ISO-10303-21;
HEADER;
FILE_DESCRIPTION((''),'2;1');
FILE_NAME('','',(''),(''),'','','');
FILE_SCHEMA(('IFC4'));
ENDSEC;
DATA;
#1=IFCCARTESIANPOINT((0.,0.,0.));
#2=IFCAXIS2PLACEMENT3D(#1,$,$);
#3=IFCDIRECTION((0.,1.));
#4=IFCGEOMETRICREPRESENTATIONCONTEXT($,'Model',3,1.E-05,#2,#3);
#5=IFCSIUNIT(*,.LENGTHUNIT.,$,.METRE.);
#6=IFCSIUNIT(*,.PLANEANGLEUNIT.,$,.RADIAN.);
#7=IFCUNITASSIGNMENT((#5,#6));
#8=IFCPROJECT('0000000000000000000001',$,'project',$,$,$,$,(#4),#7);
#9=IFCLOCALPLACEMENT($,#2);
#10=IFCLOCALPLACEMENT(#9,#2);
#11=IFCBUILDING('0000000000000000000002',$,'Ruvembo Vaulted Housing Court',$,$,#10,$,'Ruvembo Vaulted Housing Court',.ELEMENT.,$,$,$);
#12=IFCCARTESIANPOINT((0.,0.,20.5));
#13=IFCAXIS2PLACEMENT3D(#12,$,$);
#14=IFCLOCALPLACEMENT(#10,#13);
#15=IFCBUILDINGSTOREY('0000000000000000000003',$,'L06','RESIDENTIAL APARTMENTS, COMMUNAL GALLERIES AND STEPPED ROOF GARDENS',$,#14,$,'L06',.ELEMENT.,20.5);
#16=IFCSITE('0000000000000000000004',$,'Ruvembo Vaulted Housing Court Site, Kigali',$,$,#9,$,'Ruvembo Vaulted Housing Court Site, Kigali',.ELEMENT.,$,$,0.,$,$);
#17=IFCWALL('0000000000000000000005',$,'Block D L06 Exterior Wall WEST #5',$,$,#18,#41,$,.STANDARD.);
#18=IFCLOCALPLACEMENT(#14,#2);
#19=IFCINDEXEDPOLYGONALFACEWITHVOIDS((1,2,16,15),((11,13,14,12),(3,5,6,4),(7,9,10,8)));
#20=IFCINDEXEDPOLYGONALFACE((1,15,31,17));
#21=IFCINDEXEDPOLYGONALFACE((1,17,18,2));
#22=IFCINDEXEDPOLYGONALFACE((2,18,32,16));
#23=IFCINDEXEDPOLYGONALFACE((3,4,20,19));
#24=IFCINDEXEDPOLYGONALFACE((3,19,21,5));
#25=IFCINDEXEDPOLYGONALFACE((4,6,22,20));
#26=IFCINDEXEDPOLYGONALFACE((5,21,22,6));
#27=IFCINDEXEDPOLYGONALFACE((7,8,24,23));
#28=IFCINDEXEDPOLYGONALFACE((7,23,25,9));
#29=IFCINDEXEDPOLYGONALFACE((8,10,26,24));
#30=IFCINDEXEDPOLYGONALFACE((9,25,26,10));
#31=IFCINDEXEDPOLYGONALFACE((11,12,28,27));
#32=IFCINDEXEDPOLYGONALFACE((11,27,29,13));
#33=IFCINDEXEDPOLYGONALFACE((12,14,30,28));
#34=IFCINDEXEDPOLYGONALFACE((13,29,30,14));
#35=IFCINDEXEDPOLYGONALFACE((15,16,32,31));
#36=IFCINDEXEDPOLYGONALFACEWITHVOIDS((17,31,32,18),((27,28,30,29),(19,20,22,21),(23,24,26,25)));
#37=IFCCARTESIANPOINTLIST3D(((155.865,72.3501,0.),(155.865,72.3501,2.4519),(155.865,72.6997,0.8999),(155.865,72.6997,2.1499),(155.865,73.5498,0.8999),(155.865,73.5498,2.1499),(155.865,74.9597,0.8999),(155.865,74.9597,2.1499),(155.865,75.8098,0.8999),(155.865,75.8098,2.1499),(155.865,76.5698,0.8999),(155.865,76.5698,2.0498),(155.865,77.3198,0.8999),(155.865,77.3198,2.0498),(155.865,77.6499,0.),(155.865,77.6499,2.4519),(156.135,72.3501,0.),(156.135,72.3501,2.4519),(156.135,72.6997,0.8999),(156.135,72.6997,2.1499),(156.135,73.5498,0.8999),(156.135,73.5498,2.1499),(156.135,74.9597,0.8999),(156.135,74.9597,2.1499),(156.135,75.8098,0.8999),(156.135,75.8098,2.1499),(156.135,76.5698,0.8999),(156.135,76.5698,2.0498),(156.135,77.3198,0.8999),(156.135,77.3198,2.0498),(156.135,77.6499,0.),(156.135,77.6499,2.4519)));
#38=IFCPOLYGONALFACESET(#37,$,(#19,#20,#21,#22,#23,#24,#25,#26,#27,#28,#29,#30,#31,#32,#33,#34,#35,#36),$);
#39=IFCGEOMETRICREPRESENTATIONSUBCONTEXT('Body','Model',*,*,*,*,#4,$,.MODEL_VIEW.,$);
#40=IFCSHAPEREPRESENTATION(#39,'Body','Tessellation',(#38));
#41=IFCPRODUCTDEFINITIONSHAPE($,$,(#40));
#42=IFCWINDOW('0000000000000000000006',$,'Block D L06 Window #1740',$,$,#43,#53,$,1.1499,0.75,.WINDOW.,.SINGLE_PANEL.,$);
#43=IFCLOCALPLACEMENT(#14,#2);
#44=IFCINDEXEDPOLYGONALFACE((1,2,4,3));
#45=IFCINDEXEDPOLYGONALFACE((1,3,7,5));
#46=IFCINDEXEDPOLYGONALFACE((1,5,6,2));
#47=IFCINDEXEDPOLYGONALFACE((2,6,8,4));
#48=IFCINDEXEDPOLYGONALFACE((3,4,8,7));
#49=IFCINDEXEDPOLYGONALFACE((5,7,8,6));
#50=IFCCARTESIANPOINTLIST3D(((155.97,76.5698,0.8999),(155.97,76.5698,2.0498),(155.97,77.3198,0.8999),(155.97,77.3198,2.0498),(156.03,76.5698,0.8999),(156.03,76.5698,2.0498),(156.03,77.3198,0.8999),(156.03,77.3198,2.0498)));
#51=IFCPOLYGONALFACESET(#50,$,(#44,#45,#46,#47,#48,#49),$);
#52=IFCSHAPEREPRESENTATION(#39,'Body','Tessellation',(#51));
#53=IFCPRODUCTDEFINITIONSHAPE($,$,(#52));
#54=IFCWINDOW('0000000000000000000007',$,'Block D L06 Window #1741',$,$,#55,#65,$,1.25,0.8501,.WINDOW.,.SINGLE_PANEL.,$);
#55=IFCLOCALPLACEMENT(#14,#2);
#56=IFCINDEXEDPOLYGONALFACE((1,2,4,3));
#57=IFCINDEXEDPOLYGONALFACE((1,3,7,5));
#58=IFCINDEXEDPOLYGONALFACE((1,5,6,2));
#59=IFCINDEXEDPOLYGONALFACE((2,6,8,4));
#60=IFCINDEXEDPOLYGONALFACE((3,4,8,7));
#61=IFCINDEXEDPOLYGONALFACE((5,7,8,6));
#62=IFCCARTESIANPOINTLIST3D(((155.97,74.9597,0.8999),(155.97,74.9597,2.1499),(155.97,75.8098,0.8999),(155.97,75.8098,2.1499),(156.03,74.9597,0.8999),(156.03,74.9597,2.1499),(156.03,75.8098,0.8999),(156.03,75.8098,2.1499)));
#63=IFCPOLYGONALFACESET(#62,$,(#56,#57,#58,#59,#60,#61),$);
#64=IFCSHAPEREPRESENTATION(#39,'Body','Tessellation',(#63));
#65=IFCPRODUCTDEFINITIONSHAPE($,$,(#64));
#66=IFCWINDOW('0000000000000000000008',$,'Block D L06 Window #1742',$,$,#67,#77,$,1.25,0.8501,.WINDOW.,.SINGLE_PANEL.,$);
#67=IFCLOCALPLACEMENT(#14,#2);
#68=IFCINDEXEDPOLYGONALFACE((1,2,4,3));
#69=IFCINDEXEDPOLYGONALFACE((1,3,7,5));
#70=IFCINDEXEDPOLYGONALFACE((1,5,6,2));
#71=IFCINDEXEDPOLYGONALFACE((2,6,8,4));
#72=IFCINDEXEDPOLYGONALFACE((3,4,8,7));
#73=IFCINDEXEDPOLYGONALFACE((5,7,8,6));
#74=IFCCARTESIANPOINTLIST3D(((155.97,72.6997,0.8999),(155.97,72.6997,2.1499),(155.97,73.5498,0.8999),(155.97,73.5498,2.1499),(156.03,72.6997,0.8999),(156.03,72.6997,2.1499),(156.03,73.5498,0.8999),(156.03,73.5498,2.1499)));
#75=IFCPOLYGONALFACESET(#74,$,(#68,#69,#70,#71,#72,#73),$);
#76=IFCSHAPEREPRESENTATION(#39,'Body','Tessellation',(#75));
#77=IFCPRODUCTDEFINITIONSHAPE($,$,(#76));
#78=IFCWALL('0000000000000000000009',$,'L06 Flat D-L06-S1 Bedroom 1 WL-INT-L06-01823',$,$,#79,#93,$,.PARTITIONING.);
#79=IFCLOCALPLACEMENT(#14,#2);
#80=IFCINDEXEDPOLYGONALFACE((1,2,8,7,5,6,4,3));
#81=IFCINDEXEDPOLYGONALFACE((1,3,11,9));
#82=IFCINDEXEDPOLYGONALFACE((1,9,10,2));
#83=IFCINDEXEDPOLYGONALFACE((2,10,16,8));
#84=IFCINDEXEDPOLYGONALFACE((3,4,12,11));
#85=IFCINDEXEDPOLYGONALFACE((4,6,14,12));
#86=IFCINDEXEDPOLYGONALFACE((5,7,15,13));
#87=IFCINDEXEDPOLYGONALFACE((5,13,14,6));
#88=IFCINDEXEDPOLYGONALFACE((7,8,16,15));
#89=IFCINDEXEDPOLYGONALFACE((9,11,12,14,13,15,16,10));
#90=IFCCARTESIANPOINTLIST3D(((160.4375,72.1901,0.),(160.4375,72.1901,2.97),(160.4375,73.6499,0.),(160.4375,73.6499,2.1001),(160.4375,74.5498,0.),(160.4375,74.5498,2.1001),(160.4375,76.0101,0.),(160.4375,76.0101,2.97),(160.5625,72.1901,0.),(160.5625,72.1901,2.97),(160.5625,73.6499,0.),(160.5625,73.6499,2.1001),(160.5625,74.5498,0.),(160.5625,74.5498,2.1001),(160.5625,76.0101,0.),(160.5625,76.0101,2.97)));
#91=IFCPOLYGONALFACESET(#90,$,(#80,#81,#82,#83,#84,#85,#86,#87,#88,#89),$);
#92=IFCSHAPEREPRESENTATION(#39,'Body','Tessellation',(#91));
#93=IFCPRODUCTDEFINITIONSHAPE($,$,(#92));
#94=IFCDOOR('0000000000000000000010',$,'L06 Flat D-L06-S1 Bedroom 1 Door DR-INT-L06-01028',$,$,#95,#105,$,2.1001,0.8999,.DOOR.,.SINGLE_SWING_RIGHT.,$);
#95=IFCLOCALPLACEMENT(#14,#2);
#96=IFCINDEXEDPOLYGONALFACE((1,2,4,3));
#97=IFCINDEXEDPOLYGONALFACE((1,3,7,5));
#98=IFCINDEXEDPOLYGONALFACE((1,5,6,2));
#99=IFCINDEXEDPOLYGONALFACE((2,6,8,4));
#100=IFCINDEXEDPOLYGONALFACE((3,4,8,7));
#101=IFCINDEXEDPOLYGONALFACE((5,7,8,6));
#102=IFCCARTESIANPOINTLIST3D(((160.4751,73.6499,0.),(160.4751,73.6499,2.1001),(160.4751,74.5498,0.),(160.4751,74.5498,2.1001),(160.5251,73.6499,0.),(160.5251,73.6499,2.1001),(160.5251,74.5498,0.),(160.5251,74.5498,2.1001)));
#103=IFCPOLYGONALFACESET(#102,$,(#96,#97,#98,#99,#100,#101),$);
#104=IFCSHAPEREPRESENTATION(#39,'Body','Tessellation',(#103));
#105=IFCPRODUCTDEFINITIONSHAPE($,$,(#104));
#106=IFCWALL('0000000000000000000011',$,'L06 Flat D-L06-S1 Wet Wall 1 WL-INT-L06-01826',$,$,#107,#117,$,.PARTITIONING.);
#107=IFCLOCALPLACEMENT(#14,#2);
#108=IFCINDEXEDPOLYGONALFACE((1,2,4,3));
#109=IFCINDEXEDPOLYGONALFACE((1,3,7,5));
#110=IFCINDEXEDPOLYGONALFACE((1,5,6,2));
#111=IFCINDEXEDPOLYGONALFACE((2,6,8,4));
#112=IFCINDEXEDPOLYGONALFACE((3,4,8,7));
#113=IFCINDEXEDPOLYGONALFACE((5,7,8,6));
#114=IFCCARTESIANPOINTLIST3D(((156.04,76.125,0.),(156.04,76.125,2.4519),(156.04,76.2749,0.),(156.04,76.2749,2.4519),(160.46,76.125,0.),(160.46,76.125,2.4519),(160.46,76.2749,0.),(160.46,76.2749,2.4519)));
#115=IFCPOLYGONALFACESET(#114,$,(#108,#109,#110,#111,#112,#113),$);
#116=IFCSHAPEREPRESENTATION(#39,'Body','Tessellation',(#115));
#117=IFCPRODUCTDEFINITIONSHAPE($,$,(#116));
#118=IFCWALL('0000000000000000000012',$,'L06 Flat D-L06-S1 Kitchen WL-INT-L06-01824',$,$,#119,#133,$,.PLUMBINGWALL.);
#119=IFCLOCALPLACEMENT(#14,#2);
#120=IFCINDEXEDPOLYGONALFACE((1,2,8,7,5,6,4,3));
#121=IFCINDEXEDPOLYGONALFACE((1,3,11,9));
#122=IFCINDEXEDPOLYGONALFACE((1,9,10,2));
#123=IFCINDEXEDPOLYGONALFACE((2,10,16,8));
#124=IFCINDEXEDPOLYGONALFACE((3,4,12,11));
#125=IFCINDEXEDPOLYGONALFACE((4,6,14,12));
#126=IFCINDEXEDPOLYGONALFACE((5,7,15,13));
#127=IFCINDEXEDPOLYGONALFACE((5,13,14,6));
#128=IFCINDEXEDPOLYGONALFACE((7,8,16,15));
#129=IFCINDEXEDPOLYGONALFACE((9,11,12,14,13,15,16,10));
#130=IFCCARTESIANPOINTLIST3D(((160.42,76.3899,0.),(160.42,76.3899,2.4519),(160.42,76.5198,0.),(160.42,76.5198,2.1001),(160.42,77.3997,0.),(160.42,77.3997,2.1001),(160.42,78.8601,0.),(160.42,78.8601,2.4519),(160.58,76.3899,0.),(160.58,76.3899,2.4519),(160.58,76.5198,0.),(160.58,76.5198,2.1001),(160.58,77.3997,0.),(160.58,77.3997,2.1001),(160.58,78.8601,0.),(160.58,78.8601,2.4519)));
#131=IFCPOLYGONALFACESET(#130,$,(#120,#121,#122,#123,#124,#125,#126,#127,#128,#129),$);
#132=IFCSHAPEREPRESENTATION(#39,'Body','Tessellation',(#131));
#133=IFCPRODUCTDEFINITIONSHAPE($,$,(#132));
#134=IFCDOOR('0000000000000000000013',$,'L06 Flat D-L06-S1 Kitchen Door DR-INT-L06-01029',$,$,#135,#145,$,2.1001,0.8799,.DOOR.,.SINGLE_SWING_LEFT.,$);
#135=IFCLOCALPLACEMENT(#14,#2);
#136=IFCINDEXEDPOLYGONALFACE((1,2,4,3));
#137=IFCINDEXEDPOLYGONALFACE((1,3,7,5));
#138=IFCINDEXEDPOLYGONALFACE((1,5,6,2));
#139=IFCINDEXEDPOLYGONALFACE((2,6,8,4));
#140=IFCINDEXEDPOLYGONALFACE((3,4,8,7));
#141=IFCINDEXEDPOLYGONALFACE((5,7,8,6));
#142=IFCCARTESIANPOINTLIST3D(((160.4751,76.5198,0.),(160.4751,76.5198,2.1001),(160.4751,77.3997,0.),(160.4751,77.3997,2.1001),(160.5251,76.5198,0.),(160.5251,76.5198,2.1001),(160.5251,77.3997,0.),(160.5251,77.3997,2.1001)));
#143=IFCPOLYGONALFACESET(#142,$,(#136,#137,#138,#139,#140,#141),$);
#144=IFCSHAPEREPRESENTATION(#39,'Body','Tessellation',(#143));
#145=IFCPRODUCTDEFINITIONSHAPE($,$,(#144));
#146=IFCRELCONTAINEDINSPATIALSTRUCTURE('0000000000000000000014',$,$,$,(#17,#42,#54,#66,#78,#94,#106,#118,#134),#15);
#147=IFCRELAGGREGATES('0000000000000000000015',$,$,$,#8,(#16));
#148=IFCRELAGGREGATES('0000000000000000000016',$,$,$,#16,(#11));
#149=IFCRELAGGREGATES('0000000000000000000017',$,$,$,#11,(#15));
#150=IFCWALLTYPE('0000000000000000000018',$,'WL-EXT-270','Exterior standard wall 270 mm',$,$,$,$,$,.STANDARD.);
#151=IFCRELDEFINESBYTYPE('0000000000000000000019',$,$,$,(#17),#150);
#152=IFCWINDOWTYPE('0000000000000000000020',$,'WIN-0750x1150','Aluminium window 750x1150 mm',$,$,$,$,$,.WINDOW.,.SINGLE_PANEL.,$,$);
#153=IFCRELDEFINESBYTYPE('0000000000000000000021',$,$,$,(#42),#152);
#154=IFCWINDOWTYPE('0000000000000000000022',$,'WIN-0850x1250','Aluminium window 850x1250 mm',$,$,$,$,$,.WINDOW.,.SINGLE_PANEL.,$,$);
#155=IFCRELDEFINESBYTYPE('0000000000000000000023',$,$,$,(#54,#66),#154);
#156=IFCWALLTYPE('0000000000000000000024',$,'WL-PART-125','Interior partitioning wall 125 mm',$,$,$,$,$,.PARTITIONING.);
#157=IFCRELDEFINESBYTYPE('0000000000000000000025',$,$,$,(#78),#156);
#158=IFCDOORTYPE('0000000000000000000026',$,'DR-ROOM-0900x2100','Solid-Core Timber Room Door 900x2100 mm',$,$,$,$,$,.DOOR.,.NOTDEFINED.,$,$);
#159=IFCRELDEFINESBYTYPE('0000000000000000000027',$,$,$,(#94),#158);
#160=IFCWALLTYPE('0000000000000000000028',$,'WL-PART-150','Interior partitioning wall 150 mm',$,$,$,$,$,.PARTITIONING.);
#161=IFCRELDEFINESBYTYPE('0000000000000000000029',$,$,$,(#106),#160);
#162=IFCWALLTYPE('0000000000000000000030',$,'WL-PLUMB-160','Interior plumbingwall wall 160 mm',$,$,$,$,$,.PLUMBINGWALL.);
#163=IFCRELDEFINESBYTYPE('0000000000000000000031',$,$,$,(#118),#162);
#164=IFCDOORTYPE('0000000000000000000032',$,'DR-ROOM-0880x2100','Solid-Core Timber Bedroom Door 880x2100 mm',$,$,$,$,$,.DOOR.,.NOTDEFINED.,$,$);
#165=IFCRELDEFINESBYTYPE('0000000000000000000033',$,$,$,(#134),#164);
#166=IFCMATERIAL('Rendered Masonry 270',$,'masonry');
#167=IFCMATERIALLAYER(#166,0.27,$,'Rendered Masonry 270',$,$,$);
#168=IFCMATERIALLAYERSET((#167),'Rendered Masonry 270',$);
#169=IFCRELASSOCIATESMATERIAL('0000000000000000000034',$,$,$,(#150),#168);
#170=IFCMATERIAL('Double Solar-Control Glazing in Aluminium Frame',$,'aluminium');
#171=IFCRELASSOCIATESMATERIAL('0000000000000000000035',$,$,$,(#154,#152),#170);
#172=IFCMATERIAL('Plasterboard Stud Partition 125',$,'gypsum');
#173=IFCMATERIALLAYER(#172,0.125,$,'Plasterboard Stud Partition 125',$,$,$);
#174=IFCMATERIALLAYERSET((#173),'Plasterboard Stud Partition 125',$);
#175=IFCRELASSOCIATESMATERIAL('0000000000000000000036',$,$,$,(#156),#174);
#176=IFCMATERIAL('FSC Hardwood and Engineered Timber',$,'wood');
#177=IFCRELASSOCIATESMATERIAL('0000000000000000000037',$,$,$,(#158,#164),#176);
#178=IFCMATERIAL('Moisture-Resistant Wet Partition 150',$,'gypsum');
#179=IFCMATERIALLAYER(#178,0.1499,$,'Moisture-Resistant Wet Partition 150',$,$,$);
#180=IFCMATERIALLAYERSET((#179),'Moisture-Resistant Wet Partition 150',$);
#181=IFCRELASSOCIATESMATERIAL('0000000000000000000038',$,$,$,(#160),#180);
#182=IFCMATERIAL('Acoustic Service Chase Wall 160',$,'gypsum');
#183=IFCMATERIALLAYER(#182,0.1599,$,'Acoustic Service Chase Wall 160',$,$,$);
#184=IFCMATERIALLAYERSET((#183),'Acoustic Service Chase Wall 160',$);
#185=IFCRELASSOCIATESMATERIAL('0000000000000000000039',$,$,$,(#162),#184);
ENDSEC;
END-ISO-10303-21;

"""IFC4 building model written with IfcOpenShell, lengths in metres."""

from ifc_helpers import new_model, si_unit, direction, frame, frame_2d, origin, place, context, subcontext, project, spatial, rectangle, extrude, material, layer, layer_set, type_object, element, fill, save


model = new_model("IFC4")

# Units and contexts
model_context = context("Model", 3, precision=1e-05, world=origin(), true_north=direction((0.0, 1.0)))
body_context = subcontext(model_context, "Body", "Model", "MODEL_VIEW")
ifc_project = project(units=[si_unit("LENGTHUNIT", "METRE"), si_unit("PLANEANGLEUNIT", "RADIAN")], contexts=[model_context])

# Site, building, storey
site_placement = place(None, origin())
site = spatial("IfcSite", under=ifc_project, at=site_placement, Name="Ruvembo Vaulted Housing Court Site, Kigali", LongName="Ruvembo Vaulted Housing Court Site, Kigali", CompositionType="ELEMENT", RefElevation=0.0)
building_placement = place(site_placement, origin())
building = spatial("IfcBuilding", under=site, at=building_placement, Name="Ruvembo Vaulted Housing Court", LongName="Ruvembo Vaulted Housing Court", CompositionType="ELEMENT")
storey_placement = place(building_placement, frame((0.0, 0.0, 20.5)))
storey = spatial("IfcBuildingStorey", under=building, at=storey_placement, Name="L06", Description="RESIDENTIAL APARTMENTS, COMMUNAL GALLERIES AND STEPPED ROOF GARDENS", LongName="L06", CompositionType="ELEMENT", Elevation=20.5)

# Wall, openings, windows
ifc_material_1 = material(Name="Rendered Masonry 270", Category="masonry")
ifc_layer_1 = layer(ifc_material_1, 0.27, Name="Rendered Masonry 270")
ifc_layer_set_1 = layer_set([ifc_layer_1], Name="Rendered Masonry 270")
wall_type_1 = type_object("IfcWallType", Name="WL-EXT-270", Description="Exterior standard wall 270 mm", PredefinedType="STANDARD", material=ifc_layer_set_1)
ifc_material_2 = material(Name="Double Solar-Control Glazing in Aluminium Frame", Category="aluminium")
window_type_1 = type_object("IfcWindowType", Name="WIN-0850x1250", Description="Aluminium window 850x1250 mm", PartitioningType="SINGLE_PANEL", PredefinedType="WINDOW", material=ifc_material_2)
wall_1_placement = place(storey_placement, frame((156.0, 77.6499, 0.0), z_axis=(0.0, 0.0, 1.0), x_axis=(0.0, -1.0, 0.0)))
wall_1 = element("IfcWall", 1, at=wall_1_placement, inside=storey, type_object=wall_type_1, Name="Block D L06 Exterior Wall WEST #5", PredefinedType="STANDARD", context=body_context, shape_type="SweptSolid", body=[
    extrude(rectangle(XDim=5.2998, YDim=0.27, at=frame_2d((2.6499, 0.0))), origin(), (0.0, 0.0, 1.0), 2.4519),
])
opening_1_placement = place(wall_1_placement, frame((0.3301, 0.0, 0.8999)))
opening_1 = element("IfcOpeningElement", 2, at=opening_1_placement, cuts=wall_1, PredefinedType="OPENING", context=body_context, shape_type="SweptSolid", body=[
    extrude(rectangle(XDim=0.75, YDim=1.1499, at=frame_2d((0.375, 0.575))), frame((0.0, 0.145, 0.0), z_axis=(0.0, -1.0, 0.0), x_axis=(1.0, 0.0, 0.0)), (0.0, 0.0, 1.0), 0.29),
])
opening_2_placement = place(wall_1_placement, frame((1.8401, 0.0, 0.8999)))
opening_2 = element("IfcOpeningElement", 3, at=opening_2_placement, cuts=wall_1, PredefinedType="OPENING", context=body_context, shape_type="SweptSolid", body=[
    extrude(rectangle(XDim=0.8501, YDim=1.25, at=frame_2d((0.425, 0.625))), frame((0.0, 0.145, 0.0), z_axis=(0.0, -1.0, 0.0), x_axis=(1.0, 0.0, 0.0)), (0.0, 0.0, 1.0), 0.29),
])
opening_3_placement = place(wall_1_placement, frame((4.1001, 0.0, 0.8999)))
opening_3 = element("IfcOpeningElement", 4, at=opening_3_placement, cuts=wall_1, PredefinedType="OPENING", context=body_context, shape_type="SweptSolid", body=[
    extrude(rectangle(XDim=0.8501, YDim=1.25, at=frame_2d((0.425, 0.625))), frame((0.0, 0.145, 0.0), z_axis=(0.0, -1.0, 0.0), x_axis=(1.0, 0.0, 0.0)), (0.0, 0.0, 1.0), 0.29),
])
window_type_2 = type_object("IfcWindowType", Name="WIN-0750x1150", Description="Aluminium window 750x1150 mm", PartitioningType="SINGLE_PANEL", PredefinedType="WINDOW", material=ifc_material_2)
window_1_placement = place(opening_1_placement, origin())
window_1 = element("IfcWindow", 5, at=window_1_placement, inside=storey, type_object=window_type_2, Name="Block D L06 Window #1740", OverallHeight=1.1499, OverallWidth=0.75, PartitioningType="SINGLE_PANEL", PredefinedType="WINDOW", context=body_context, shape_type="SweptSolid", body=[
    extrude(rectangle(XDim=0.75, YDim=1.1499, at=frame_2d((0.375, 0.575))), frame((0.0, 0.03, 0.0), z_axis=(0.0, -1.0, 0.0), x_axis=(1.0, 0.0, 0.0)), (0.0, 0.0, 1.0), 0.0601),
])
fill(opening_1, window_1)
window_2_placement = place(opening_2_placement, origin())
window_2 = element("IfcWindow", 6, at=window_2_placement, inside=storey, type_object=window_type_1, Name="Block D L06 Window #1741", OverallHeight=1.25, OverallWidth=0.8501, PartitioningType="SINGLE_PANEL", PredefinedType="WINDOW", context=body_context, shape_type="SweptSolid", body=[
    extrude(rectangle(XDim=0.8501, YDim=1.25, at=frame_2d((0.425, 0.625))), frame((0.0, 0.03, 0.0), z_axis=(0.0, -1.0, 0.0), x_axis=(1.0, 0.0, 0.0)), (0.0, 0.0, 1.0), 0.0601),
])
fill(opening_2, window_2)
window_3_placement = place(opening_3_placement, origin())
window_3 = element("IfcWindow", 7, at=window_3_placement, inside=storey, type_object=window_type_1, Name="Block D L06 Window #1742", OverallHeight=1.25, OverallWidth=0.8501, PartitioningType="SINGLE_PANEL", PredefinedType="WINDOW", context=body_context, shape_type="SweptSolid", body=[
    extrude(rectangle(XDim=0.8501, YDim=1.25, at=frame_2d((0.425, 0.625))), frame((0.0, 0.03, 0.0), z_axis=(0.0, -1.0, 0.0), x_axis=(1.0, 0.0, 0.0)), (0.0, 0.0, 1.0), 0.0601),
])
fill(opening_3, window_3)

# Wall, opening, door
ifc_material_3 = material(Name="Plasterboard Stud Partition 125", Category="gypsum")
ifc_layer_2 = layer(ifc_material_3, 0.125, Name="Plasterboard Stud Partition 125")
ifc_layer_set_2 = layer_set([ifc_layer_2], Name="Plasterboard Stud Partition 125")
wall_type_2 = type_object("IfcWallType", Name="WL-PART-125", Description="Interior partitioning wall 125 mm", PredefinedType="PARTITIONING", material=ifc_layer_set_2)
wall_2_placement = place(storey_placement, frame((160.5, 72.1899, 0.0), z_axis=(0.0, 0.0, 1.0), x_axis=(0.0, 1.0, 0.0)))
wall_2 = element("IfcWall", 8, at=wall_2_placement, inside=storey, type_object=wall_type_2, Name="L06 Flat D-L06-S1 Bedroom 1 WL-INT-L06-01823", PredefinedType="PARTITIONING", context=body_context, shape_type="SweptSolid", body=[
    extrude(rectangle(XDim=3.8201, YDim=0.125, at=frame_2d((1.9102, 0.0))), origin(), (0.0, 0.0, 1.0), 2.97),
])
opening_4_placement = place(wall_2_placement, frame((1.46, 0.0, 0.0)))
opening_4 = element("IfcOpeningElement", 9, at=opening_4_placement, cuts=wall_2, PredefinedType="OPENING", context=body_context, shape_type="SweptSolid", body=[
    extrude(rectangle(XDim=0.8999, YDim=2.1001, at=frame_2d((0.45, 1.05))), frame((0.0, 0.0725, 0.0), z_axis=(0.0, -1.0, 0.0), x_axis=(1.0, 0.0, 0.0)), (0.0, 0.0, 1.0), 0.145),
])
ifc_material_4 = material(Name="FSC Hardwood and Engineered Timber", Category="wood")
door_type_1 = type_object("IfcDoorType", Name="DR-ROOM-0900x2100", Description="Solid-Core Timber Room Door 900x2100 mm", OperationType="NOTDEFINED", PredefinedType="DOOR", material=ifc_material_4)
door_1_placement = place(opening_4_placement, origin())
door_1 = element("IfcDoor", 10, at=door_1_placement, inside=storey, type_object=door_type_1, Name="L06 Flat D-L06-S1 Bedroom 1 Door DR-INT-L06-01028", OperationType="SINGLE_SWING_RIGHT", OverallHeight=2.1001, OverallWidth=0.8999, PredefinedType="DOOR", context=body_context, shape_type="SweptSolid", body=[
    extrude(rectangle(XDim=0.8999, YDim=2.1001, at=frame_2d((0.45, 1.05))), frame((0.0, 0.0249, 0.0), z_axis=(0.0, -1.0, 0.0), x_axis=(1.0, 0.0, 0.0)), (0.0, 0.0, 1.0), 0.05),
])
fill(opening_4, door_1)

# Wall
ifc_material_5 = material(Name="Moisture-Resistant Wet Partition 150", Category="gypsum")
ifc_layer_3 = layer(ifc_material_5, 0.1499, Name="Moisture-Resistant Wet Partition 150")
ifc_layer_set_3 = layer_set([ifc_layer_3], Name="Moisture-Resistant Wet Partition 150")
wall_type_3 = type_object("IfcWallType", Name="WL-PART-150", Description="Interior partitioning wall 150 mm", PredefinedType="PARTITIONING", material=ifc_layer_set_3)
wall_3_placement = place(storey_placement, frame((156.04, 76.2, 0.0), z_axis=(0.0, 0.0, 1.0), x_axis=(1.0, 0.0, 0.0)))
element("IfcWall", 11, at=wall_3_placement, inside=storey, type_object=wall_type_3, Name="L06 Flat D-L06-S1 Wet Wall 1 WL-INT-L06-01826", PredefinedType="PARTITIONING", context=body_context, shape_type="SweptSolid", body=[
    extrude(rectangle(XDim=4.4199, YDim=0.1499, at=frame_2d((2.21, 0.0))), origin(), (0.0, 0.0, 1.0), 2.4519),
])

# Wall, opening, door
ifc_material_6 = material(Name="Acoustic Service Chase Wall 160", Category="gypsum")
ifc_layer_4 = layer(ifc_material_6, 0.1599, Name="Acoustic Service Chase Wall 160")
ifc_layer_set_4 = layer_set([ifc_layer_4], Name="Acoustic Service Chase Wall 160")
wall_type_4 = type_object("IfcWallType", Name="WL-PLUMB-160", Description="Interior plumbingwall wall 160 mm", PredefinedType="PLUMBINGWALL", material=ifc_layer_set_4)
wall_4_placement = place(storey_placement, frame((160.5, 76.3899, 0.0), z_axis=(0.0, 0.0, 1.0), x_axis=(0.0, 1.0, 0.0)))
wall_4 = element("IfcWall", 12, at=wall_4_placement, inside=storey, type_object=wall_type_4, Name="L06 Flat D-L06-S1 Kitchen WL-INT-L06-01824", PredefinedType="PLUMBINGWALL", context=body_context, shape_type="SweptSolid", body=[
    extrude(rectangle(XDim=2.4702, YDim=0.1599, at=frame_2d((1.2351, 0.0))), origin(), (0.0, 0.0, 1.0), 2.4519),
])
opening_5_placement = place(wall_4_placement, frame((0.1299, 0.0, 0.0)))
opening_5 = element("IfcOpeningElement", 13, at=opening_5_placement, cuts=wall_4, PredefinedType="OPENING", context=body_context, shape_type="SweptSolid", body=[
    extrude(rectangle(XDim=0.8799, YDim=2.1001, at=frame_2d((0.4399, 1.05))), frame((0.0, 0.0898, 0.0), z_axis=(0.0, -1.0, 0.0), x_axis=(1.0, 0.0, 0.0)), (0.0, 0.0, 1.0), 0.1799),
])
door_type_2 = type_object("IfcDoorType", Name="DR-ROOM-0880x2100", Description="Solid-Core Timber Bedroom Door 880x2100 mm", OperationType="NOTDEFINED", PredefinedType="DOOR", material=ifc_material_4)
door_2_placement = place(opening_5_placement, origin())
door_2 = element("IfcDoor", 14, at=door_2_placement, inside=storey, type_object=door_type_2, Name="L06 Flat D-L06-S1 Kitchen Door DR-INT-L06-01029", OperationType="SINGLE_SWING_LEFT", OverallHeight=2.1001, OverallWidth=0.8799, PredefinedType="DOOR", context=body_context, shape_type="SweptSolid", body=[
    extrude(rectangle(XDim=0.8799, YDim=2.1001, at=frame_2d((0.4399, 1.05))), frame((0.0, 0.0249, 0.0), z_axis=(0.0, -1.0, 0.0), x_axis=(1.0, 0.0, 0.0)), (0.0, 0.0, 1.0), 0.05),
])
fill(opening_5, door_2)

save(model, "model.ifc")
